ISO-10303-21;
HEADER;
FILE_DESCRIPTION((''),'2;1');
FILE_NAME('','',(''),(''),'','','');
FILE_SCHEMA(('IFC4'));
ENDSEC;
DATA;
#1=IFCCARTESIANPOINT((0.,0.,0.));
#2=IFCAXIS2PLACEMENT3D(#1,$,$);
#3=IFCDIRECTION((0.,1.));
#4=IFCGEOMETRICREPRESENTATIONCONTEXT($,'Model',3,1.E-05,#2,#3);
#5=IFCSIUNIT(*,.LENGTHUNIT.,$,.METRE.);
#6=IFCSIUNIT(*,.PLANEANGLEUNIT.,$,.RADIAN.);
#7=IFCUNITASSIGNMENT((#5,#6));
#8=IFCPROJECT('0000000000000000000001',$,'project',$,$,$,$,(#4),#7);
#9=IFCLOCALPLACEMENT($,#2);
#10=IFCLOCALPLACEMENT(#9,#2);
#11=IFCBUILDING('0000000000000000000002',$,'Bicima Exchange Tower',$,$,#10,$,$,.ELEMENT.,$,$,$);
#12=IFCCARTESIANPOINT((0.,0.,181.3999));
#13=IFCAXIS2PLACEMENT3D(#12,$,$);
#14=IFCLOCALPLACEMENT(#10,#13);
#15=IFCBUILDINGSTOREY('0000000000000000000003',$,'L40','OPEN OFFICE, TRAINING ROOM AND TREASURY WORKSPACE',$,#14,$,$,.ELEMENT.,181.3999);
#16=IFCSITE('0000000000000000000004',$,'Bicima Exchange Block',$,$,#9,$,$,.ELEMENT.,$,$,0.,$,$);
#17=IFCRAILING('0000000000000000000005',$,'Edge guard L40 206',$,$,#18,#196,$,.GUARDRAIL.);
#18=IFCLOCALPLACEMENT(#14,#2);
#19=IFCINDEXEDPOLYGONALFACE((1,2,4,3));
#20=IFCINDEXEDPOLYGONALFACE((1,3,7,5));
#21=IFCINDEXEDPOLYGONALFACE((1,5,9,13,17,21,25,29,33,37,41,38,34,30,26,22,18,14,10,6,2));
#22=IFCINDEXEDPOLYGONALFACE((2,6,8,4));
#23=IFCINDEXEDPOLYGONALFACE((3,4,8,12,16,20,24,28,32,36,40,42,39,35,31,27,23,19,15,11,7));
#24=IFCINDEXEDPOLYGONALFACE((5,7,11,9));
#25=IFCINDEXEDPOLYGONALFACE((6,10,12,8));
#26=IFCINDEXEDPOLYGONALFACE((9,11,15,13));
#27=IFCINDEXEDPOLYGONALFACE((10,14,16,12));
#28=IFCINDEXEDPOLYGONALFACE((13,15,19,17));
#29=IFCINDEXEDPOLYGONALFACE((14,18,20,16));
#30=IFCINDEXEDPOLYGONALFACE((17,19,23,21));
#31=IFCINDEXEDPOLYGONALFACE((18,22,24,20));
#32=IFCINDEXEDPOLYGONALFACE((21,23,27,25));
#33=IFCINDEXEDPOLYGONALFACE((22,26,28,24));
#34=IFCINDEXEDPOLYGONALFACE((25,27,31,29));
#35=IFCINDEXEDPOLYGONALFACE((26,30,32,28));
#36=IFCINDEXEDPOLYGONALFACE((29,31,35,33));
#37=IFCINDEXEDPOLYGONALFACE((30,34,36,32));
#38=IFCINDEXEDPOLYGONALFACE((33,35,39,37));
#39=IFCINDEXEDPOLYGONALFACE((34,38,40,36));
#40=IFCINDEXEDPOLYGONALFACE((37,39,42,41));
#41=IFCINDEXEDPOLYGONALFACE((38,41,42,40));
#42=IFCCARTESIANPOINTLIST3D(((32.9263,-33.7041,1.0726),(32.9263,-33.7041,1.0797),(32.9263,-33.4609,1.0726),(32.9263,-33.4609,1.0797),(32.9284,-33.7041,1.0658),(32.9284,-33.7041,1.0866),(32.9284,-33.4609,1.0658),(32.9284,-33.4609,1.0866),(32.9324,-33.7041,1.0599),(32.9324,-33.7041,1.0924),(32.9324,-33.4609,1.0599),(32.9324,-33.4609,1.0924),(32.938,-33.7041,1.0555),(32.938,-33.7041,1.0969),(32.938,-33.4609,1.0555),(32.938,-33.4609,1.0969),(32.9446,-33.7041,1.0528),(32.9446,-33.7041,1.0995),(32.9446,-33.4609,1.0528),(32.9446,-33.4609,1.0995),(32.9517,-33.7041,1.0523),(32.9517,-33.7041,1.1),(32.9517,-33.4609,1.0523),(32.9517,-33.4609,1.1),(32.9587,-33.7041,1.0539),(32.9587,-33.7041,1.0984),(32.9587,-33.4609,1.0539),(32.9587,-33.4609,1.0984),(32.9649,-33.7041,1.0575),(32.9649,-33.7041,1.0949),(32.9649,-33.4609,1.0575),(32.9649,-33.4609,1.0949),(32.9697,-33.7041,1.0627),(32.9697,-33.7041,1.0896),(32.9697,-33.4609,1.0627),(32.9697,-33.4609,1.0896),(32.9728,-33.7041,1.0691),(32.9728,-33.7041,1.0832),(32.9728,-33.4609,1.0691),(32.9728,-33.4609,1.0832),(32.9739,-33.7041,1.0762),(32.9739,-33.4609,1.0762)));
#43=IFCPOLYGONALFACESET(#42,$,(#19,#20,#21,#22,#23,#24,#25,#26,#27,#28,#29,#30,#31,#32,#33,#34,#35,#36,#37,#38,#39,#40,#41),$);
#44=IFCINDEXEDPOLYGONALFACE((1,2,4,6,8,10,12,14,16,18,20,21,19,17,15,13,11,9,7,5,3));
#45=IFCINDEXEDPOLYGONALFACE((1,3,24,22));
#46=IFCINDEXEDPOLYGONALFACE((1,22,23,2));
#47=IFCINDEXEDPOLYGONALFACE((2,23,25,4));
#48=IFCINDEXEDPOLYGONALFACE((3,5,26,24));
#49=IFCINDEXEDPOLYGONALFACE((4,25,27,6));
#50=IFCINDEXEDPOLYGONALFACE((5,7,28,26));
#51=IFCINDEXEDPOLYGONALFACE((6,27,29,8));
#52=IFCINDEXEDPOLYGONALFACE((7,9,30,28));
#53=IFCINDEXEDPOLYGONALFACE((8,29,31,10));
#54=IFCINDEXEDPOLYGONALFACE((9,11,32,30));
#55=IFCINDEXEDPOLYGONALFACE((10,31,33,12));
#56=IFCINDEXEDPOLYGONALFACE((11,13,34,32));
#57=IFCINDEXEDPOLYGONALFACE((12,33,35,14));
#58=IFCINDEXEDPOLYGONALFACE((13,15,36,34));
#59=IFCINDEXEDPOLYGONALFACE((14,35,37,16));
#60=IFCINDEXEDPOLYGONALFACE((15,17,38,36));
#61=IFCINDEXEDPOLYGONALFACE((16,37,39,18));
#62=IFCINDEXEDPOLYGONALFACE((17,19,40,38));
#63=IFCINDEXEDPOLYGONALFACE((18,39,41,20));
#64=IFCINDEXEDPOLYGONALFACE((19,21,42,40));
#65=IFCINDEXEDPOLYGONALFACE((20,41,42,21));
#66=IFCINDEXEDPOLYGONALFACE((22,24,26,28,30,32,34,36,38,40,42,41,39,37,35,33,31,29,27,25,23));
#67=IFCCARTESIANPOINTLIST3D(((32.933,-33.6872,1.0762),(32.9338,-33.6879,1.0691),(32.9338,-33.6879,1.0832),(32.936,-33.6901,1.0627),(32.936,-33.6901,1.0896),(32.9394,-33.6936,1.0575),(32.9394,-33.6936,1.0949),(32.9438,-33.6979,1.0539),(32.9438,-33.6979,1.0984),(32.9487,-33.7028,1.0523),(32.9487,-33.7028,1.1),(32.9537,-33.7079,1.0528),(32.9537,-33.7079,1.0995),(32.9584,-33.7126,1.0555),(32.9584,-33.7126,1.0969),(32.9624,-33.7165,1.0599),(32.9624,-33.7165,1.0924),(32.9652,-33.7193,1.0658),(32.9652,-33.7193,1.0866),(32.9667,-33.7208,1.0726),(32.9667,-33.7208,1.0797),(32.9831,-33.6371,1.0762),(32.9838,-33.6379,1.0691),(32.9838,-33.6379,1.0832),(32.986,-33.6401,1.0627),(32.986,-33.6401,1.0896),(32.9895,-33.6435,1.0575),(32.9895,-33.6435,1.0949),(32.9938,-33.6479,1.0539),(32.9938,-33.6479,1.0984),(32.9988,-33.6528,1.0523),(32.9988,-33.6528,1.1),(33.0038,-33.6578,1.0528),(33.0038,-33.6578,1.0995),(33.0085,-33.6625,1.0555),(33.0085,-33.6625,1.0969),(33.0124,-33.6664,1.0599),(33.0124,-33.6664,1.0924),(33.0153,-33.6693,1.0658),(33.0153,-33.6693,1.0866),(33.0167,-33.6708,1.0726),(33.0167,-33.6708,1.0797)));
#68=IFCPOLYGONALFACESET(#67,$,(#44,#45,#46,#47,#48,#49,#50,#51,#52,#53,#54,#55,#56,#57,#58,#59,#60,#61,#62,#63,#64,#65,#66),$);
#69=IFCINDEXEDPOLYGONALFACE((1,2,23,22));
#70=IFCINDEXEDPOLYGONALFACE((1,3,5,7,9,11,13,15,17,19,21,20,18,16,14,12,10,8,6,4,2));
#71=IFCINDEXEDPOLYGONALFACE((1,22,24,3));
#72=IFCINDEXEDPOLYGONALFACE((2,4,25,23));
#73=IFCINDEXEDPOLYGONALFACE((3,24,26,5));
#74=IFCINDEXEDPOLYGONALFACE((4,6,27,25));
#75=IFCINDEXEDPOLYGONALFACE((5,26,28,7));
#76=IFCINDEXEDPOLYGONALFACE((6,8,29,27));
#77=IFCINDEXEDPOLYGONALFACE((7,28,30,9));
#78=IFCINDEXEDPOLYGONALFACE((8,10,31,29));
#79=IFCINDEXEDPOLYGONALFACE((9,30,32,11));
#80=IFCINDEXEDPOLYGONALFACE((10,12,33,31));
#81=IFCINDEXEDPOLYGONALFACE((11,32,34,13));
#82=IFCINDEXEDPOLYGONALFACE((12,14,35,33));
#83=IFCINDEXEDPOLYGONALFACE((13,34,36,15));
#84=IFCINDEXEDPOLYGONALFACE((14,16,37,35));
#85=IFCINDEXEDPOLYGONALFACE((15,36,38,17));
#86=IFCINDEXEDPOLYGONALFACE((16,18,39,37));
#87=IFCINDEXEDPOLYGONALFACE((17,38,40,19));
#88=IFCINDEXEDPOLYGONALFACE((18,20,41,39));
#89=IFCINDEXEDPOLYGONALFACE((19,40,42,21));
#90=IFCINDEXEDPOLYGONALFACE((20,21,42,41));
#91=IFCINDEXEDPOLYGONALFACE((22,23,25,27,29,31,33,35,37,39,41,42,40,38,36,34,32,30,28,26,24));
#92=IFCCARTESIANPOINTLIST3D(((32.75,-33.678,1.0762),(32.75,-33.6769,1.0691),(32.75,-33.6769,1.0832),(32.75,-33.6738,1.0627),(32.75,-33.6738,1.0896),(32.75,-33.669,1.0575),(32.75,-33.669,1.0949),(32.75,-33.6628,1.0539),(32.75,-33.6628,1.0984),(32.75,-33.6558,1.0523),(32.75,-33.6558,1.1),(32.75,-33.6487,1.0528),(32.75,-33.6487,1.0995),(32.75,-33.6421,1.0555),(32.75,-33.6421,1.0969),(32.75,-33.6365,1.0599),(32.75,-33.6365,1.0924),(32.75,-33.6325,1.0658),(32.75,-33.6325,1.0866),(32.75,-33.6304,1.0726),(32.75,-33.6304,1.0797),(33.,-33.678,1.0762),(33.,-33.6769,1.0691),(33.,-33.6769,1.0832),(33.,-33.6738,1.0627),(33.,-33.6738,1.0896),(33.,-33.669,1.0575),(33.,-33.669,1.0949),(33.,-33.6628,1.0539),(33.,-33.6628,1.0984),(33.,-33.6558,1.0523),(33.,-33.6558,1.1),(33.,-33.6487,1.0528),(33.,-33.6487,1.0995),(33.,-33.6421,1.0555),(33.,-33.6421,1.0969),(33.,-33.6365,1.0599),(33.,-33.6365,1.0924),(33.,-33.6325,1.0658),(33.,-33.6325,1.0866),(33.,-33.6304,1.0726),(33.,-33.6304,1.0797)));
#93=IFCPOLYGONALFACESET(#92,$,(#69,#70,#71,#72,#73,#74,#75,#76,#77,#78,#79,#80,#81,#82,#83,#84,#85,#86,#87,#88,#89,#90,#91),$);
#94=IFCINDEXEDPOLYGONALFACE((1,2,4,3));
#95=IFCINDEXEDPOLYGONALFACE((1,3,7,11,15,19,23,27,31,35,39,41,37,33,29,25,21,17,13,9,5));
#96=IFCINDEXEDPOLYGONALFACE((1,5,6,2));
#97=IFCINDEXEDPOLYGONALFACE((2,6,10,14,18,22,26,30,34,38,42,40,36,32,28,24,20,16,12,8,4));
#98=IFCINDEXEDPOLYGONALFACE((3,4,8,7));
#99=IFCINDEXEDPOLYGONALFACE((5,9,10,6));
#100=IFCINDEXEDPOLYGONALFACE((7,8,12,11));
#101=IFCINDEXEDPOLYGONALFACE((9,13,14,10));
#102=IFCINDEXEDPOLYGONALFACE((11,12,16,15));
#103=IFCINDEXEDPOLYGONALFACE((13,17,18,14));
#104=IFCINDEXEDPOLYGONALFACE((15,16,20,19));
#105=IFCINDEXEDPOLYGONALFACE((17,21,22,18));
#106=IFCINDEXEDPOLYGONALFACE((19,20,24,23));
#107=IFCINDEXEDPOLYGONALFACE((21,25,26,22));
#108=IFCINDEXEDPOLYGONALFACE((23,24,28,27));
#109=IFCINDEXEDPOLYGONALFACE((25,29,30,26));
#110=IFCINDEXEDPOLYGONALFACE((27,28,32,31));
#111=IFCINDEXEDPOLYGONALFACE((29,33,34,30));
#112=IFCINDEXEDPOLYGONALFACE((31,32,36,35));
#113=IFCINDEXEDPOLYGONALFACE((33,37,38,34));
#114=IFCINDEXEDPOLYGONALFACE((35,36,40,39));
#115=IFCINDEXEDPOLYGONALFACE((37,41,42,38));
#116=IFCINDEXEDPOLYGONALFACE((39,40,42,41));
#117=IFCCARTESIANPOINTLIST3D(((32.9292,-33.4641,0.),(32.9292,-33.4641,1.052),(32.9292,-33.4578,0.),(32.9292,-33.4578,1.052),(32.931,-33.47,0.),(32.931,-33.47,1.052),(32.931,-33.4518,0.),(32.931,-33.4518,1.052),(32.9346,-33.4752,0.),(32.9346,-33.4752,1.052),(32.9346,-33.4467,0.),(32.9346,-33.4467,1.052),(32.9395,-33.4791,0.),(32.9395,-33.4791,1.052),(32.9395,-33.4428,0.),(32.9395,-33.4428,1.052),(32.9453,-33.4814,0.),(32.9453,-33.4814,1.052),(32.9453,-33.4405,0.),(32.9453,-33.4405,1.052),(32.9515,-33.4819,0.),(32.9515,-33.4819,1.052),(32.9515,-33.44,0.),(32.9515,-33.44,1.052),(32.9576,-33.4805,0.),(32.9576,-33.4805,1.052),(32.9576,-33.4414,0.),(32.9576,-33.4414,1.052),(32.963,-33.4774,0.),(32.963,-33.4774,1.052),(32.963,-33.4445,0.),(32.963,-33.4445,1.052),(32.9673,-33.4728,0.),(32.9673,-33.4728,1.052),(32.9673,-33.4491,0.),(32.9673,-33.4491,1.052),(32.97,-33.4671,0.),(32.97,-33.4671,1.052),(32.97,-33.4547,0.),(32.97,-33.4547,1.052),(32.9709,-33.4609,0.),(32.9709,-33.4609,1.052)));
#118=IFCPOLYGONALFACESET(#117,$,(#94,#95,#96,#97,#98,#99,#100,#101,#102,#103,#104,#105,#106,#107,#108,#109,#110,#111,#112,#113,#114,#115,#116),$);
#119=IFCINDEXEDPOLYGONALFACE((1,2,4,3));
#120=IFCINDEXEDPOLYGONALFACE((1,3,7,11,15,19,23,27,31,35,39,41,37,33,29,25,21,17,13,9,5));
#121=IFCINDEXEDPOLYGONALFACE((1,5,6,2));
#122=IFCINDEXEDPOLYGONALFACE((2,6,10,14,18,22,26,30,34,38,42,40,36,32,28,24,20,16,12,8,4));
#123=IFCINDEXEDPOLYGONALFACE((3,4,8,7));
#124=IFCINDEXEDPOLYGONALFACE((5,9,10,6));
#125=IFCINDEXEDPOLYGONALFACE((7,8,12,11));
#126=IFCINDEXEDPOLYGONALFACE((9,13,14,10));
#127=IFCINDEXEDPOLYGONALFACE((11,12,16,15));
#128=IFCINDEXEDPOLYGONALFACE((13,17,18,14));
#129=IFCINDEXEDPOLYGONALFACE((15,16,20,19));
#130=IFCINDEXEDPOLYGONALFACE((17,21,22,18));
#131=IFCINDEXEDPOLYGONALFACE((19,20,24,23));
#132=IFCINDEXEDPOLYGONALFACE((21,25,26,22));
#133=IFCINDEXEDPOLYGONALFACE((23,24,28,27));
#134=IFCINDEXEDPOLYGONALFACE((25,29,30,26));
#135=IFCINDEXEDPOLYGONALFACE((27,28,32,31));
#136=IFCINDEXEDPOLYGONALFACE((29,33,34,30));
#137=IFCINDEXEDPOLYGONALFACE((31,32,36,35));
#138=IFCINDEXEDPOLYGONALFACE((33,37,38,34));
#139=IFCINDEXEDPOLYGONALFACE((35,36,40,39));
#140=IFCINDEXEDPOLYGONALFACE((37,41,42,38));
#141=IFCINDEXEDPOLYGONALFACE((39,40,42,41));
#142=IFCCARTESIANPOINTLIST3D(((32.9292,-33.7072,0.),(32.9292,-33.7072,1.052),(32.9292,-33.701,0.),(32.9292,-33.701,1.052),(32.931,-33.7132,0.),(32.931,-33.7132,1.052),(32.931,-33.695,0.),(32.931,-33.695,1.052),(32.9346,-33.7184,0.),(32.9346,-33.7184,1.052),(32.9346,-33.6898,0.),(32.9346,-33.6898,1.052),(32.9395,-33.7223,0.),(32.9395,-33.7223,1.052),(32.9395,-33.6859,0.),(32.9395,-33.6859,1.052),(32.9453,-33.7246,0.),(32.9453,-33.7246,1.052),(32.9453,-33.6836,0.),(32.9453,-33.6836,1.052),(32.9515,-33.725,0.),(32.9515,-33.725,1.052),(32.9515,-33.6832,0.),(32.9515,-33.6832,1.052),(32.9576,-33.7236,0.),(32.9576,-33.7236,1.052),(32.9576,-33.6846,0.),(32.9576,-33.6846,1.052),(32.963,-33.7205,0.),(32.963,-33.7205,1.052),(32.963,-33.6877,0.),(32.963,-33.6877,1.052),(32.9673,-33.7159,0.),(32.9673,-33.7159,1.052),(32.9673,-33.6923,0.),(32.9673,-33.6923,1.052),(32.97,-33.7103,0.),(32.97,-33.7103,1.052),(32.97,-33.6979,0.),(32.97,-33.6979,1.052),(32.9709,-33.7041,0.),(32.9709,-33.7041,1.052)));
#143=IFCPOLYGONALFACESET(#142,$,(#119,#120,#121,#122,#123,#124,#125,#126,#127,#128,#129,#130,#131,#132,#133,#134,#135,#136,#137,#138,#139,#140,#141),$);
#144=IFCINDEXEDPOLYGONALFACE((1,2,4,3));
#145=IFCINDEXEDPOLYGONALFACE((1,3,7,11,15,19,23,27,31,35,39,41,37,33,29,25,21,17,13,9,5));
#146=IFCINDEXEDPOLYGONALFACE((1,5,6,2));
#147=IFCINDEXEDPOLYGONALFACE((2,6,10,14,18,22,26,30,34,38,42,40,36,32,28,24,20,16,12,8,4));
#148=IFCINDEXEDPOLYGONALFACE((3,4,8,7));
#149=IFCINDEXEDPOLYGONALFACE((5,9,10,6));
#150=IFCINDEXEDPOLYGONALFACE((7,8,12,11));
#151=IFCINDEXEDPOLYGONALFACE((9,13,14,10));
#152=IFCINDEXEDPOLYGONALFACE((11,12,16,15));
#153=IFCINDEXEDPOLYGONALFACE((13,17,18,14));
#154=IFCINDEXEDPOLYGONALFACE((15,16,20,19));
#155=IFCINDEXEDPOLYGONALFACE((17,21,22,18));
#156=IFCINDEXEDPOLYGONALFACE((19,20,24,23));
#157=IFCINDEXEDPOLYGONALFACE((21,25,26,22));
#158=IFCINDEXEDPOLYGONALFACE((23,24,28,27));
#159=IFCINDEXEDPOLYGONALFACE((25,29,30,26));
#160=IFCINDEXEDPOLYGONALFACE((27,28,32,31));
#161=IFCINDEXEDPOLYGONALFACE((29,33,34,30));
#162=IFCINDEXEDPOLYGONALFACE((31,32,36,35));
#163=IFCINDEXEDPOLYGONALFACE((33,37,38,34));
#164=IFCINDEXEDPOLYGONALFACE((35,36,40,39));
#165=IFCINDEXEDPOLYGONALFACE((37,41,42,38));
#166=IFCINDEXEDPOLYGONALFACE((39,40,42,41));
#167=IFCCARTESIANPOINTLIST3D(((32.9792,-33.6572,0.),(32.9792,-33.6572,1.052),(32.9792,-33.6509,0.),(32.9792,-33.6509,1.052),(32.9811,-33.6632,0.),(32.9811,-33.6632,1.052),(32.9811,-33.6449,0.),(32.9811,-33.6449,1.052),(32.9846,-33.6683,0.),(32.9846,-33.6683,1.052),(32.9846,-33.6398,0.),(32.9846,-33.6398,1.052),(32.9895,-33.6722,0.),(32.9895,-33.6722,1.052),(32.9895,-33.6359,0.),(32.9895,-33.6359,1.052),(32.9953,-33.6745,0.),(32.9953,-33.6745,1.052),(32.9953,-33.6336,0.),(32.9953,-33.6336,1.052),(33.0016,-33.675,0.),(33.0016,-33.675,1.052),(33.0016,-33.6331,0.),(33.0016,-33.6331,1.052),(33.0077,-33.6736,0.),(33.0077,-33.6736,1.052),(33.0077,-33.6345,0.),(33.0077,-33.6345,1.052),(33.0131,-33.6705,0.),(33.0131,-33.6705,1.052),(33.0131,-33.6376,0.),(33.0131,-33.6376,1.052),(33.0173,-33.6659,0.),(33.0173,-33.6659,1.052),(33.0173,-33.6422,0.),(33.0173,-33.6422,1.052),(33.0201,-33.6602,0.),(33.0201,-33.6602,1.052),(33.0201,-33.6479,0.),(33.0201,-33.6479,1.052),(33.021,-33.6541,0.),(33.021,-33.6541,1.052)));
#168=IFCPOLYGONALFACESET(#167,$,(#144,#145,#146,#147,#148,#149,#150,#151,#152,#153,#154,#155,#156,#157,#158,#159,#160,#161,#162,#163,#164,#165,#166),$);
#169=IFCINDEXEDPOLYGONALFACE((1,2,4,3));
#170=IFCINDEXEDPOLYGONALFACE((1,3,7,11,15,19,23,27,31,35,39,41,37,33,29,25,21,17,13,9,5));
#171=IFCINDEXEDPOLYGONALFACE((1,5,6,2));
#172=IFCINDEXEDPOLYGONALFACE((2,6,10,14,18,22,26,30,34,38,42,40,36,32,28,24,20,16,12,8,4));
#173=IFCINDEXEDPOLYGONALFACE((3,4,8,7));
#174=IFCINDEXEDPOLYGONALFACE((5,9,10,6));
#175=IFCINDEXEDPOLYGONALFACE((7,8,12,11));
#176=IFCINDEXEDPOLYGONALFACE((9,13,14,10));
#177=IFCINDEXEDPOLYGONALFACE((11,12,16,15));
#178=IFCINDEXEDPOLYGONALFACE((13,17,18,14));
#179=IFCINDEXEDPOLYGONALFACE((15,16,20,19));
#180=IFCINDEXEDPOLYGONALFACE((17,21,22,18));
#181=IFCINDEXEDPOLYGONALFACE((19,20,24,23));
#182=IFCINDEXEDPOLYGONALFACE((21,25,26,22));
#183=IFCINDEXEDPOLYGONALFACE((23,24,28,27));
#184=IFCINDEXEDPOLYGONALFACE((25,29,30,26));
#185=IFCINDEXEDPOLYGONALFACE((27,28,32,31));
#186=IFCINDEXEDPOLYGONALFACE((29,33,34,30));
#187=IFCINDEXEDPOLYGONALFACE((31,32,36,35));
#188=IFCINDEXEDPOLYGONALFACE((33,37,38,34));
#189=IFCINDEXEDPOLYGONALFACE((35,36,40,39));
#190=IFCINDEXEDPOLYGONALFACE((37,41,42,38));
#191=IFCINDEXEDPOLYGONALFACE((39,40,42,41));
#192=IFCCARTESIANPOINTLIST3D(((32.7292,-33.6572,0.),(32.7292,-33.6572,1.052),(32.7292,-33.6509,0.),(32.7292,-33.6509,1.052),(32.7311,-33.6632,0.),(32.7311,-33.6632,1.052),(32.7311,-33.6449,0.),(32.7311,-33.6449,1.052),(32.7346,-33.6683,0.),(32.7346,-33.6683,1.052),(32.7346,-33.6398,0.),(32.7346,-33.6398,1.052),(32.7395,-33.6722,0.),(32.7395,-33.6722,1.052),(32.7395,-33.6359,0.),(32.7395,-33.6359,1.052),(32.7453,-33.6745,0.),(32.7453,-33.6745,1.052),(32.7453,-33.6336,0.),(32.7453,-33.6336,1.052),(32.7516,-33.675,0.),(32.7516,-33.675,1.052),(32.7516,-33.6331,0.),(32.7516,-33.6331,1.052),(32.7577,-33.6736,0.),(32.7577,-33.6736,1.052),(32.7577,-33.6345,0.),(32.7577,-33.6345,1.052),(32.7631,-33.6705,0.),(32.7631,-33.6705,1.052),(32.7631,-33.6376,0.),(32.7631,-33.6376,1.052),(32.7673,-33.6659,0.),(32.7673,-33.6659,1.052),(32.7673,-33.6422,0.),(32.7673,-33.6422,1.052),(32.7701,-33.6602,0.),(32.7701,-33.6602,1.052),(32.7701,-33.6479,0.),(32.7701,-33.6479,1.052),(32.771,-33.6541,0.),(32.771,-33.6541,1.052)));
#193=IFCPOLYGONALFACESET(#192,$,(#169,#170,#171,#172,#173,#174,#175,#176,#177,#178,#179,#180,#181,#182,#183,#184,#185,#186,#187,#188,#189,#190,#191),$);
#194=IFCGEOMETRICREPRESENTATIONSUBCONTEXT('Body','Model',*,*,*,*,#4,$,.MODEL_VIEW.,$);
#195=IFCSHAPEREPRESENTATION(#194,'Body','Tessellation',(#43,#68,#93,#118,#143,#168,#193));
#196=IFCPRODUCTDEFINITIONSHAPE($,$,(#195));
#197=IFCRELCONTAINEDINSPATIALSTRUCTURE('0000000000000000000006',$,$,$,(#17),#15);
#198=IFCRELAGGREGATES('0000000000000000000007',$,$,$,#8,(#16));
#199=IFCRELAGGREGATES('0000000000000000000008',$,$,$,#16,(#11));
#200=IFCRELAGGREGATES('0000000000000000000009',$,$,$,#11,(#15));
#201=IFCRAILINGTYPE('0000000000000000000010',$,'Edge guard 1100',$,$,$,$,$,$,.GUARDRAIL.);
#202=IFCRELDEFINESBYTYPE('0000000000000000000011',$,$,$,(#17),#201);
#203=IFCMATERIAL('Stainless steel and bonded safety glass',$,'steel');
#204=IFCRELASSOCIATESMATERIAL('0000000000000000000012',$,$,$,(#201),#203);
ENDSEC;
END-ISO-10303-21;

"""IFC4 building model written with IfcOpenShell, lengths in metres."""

from ifc_helpers import new_model, si_unit, direction, frame, origin, origin_2d, place, context, subcontext, project, spatial, circle, extrude, material, type_object, element, save


model = new_model("IFC4")

# Units and contexts
model_context = context("Model", 3, precision=1e-05, world=origin(), true_north=direction((0.0, 1.0)))
body_context = subcontext(model_context, "Body", "Model", "MODEL_VIEW")
ifc_project = project(units=[si_unit("LENGTHUNIT", "METRE"), si_unit("PLANEANGLEUNIT", "RADIAN")], contexts=[model_context])

# Site, building, storey
site_placement = place(None, origin())
site = spatial("IfcSite", under=ifc_project, at=site_placement, Name="Bicima Exchange Block", CompositionType="ELEMENT", RefElevation=0.0)
building_placement = place(site_placement, origin())
building = spatial("IfcBuilding", under=site, at=building_placement, Name="Bicima Exchange Tower", CompositionType="ELEMENT")
storey_placement = place(building_placement, frame((0.0, 0.0, 181.3999)))
storey = spatial("IfcBuildingStorey", under=building, at=storey_placement, Name="L40", Description="OPEN OFFICE, TRAINING ROOM AND TREASURY WORKSPACE", CompositionType="ELEMENT", Elevation=181.3999)

# Railing
ifc_material_1 = material(Name="Stainless steel and bonded safety glass", Category="steel")
railing_type = type_object("IfcRailingType", Name="Edge guard 1100", PredefinedType="GUARDRAIL", material=ifc_material_1)
railing_1_placement = place(storey_placement, frame((32.95, -33.4609, 0.0)))
element("IfcRailing", 1, at=railing_1_placement, inside=storey, type_object=railing_type, Name="Edge guard L40 206", PredefinedType="GUARDRAIL", context=body_context, shape_type="SweptSolid", body=[
    extrude(circle(Radius=0.0239, at=origin_2d()), frame((0.0, 0.0, 1.0762), z_axis=(0.0, -1.0, 0.0), x_axis=(1.0, 0.0, 0.0)), (0.0, 0.0, 1.0), 0.2432),
    extrude(circle(Radius=0.0239, at=origin_2d()), frame((0.0, -0.2432, 1.0762), z_axis=(0.707107, 0.707107, 0.0), x_axis=(-0.707107, 0.707107, 0.0)), (0.0, 0.0, 1.0), 0.0708),
    extrude(circle(Radius=0.0239, at=origin_2d()), frame((0.05, -0.1931, 1.0762), z_axis=(-1.0, 0.0, 0.0), x_axis=(0.0, -1.0, 0.0)), (0.0, 0.0, 1.0), 0.25),
    extrude(circle(Radius=0.021, at=origin_2d()), origin(), (0.0, 0.0, 1.0), 1.052),
    extrude(circle(Radius=0.021, at=origin_2d()), frame((0.0, -0.2432, 0.0)), (0.0, 0.0, 1.0), 1.052),
    extrude(circle(Radius=0.021, at=origin_2d()), frame((0.05, -0.1931, 0.0)), (0.0, 0.0, 1.0), 1.052),
    extrude(circle(Radius=0.021, at=origin_2d()), frame((-0.2, -0.1931, 0.0)), (0.0, 0.0, 1.0), 1.052),
])

save(model, "model.ifc")
